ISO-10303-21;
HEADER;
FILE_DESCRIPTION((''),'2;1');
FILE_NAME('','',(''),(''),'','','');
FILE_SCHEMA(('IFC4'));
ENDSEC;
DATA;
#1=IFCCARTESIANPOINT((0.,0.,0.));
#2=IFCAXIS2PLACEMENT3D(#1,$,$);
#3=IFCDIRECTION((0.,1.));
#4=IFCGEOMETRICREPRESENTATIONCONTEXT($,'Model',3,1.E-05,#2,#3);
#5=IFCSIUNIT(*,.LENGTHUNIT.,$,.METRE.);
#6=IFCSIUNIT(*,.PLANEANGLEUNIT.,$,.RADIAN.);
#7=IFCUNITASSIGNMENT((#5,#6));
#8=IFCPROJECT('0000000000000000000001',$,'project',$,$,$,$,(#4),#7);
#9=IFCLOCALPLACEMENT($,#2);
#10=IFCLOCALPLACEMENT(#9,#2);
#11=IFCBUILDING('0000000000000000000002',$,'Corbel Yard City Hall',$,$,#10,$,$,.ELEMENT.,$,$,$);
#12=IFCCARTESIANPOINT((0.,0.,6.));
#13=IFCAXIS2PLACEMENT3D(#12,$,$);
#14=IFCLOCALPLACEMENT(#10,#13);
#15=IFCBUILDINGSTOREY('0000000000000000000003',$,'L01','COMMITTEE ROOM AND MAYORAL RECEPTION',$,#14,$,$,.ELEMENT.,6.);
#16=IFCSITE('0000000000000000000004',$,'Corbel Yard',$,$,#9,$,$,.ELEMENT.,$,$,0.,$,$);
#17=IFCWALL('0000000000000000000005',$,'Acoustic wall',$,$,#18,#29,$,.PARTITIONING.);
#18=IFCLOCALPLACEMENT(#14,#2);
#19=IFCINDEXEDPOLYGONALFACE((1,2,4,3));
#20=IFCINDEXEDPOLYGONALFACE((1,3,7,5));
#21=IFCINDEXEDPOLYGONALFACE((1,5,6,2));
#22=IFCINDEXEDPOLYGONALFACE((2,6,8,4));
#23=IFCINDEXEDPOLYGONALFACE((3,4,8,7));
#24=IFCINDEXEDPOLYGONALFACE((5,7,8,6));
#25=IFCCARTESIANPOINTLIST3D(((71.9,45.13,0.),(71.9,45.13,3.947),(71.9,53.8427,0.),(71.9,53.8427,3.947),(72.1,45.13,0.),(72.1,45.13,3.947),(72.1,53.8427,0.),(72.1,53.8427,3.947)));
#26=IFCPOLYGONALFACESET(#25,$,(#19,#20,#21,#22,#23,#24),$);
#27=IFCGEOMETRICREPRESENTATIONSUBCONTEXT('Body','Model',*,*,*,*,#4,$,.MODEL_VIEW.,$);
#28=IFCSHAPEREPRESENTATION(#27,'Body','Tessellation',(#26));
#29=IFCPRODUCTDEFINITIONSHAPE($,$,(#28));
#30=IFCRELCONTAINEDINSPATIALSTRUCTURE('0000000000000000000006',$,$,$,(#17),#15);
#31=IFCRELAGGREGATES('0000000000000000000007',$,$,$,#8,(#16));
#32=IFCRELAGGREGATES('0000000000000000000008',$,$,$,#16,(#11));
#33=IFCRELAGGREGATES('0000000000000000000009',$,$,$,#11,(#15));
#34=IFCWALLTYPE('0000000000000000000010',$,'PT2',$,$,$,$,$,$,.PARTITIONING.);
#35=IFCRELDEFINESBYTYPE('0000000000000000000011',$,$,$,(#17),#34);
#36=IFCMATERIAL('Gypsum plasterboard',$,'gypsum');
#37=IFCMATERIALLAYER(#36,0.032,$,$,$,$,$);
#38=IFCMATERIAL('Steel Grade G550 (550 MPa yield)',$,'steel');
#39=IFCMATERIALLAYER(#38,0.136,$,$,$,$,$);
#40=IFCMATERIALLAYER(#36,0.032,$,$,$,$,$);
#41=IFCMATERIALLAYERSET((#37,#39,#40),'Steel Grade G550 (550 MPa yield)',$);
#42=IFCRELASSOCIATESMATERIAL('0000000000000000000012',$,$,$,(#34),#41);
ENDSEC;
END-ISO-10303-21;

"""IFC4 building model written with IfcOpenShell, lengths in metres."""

from ifc_helpers import new_model, si_unit, direction, frame, frame_2d, origin, place, context, subcontext, project, spatial, rectangle, extrude, material, layer, layer_set, type_object, element, save


model = new_model("IFC4")

# Units and contexts
model_context = context("Model", 3, precision=1e-05, world=origin(), true_north=direction((0.0, 1.0)))
body_context = subcontext(model_context, "Body", "Model", "MODEL_VIEW")
ifc_project = project(units=[si_unit("LENGTHUNIT", "METRE"), si_unit("PLANEANGLEUNIT", "RADIAN")], contexts=[model_context])

# Site, building, storey
site_placement = place(None, origin())
site = spatial("IfcSite", under=ifc_project, at=site_placement, Name="Corbel Yard", CompositionType="ELEMENT", RefElevation=0.0)
building_placement = place(site_placement, origin())
building = spatial("IfcBuilding", under=site, at=building_placement, Name="Corbel Yard City Hall", CompositionType="ELEMENT")
storey_placement = place(building_placement, frame((0.0, 0.0, 6.0)))
storey = spatial("IfcBuildingStorey", under=building, at=storey_placement, Name="L01", Description="COMMITTEE ROOM AND MAYORAL RECEPTION", CompositionType="ELEMENT", Elevation=6.0)

# Shared definitions
ifc_material_1 = material(Name="Gypsum plasterboard", Category="gypsum")
ifc_material_2 = material(Name="Steel Grade G550 (550 MPa yield)", Category="steel")

# Shared definitions
ifc_layer_1 = layer(ifc_material_1, 0.032)
ifc_layer_2 = layer(ifc_material_2, 0.136)
ifc_layer_3 = layer(ifc_material_1, 0.032)
ifc_layer_set_1 = layer_set([ifc_layer_1, ifc_layer_2, ifc_layer_3], Name="Steel Grade G550 (550 MPa yield)")
wall_type_1 = type_object("IfcWallType", Name="PT2", PredefinedType="PARTITIONING", material=ifc_layer_set_1)

# Wall
wall_1_placement = place(storey_placement, frame((72.0, 45.1299, 0.0), z_axis=(0.0, 0.0, 1.0), x_axis=(0.0, 1.0, 0.0)))
element("IfcWall", 1, at=wall_1_placement, inside=storey, type_object=wall_type_1, Name="Acoustic wall", PredefinedType="PARTITIONING", context=body_context, shape_type="SweptSolid", body=[
    extrude(rectangle(XDim=8.7126, YDim=0.2, at=frame_2d((4.3564, 0.0))), origin(), (0.0, 0.0, 1.0), 3.947),
])

save(model, "model.ifc")
